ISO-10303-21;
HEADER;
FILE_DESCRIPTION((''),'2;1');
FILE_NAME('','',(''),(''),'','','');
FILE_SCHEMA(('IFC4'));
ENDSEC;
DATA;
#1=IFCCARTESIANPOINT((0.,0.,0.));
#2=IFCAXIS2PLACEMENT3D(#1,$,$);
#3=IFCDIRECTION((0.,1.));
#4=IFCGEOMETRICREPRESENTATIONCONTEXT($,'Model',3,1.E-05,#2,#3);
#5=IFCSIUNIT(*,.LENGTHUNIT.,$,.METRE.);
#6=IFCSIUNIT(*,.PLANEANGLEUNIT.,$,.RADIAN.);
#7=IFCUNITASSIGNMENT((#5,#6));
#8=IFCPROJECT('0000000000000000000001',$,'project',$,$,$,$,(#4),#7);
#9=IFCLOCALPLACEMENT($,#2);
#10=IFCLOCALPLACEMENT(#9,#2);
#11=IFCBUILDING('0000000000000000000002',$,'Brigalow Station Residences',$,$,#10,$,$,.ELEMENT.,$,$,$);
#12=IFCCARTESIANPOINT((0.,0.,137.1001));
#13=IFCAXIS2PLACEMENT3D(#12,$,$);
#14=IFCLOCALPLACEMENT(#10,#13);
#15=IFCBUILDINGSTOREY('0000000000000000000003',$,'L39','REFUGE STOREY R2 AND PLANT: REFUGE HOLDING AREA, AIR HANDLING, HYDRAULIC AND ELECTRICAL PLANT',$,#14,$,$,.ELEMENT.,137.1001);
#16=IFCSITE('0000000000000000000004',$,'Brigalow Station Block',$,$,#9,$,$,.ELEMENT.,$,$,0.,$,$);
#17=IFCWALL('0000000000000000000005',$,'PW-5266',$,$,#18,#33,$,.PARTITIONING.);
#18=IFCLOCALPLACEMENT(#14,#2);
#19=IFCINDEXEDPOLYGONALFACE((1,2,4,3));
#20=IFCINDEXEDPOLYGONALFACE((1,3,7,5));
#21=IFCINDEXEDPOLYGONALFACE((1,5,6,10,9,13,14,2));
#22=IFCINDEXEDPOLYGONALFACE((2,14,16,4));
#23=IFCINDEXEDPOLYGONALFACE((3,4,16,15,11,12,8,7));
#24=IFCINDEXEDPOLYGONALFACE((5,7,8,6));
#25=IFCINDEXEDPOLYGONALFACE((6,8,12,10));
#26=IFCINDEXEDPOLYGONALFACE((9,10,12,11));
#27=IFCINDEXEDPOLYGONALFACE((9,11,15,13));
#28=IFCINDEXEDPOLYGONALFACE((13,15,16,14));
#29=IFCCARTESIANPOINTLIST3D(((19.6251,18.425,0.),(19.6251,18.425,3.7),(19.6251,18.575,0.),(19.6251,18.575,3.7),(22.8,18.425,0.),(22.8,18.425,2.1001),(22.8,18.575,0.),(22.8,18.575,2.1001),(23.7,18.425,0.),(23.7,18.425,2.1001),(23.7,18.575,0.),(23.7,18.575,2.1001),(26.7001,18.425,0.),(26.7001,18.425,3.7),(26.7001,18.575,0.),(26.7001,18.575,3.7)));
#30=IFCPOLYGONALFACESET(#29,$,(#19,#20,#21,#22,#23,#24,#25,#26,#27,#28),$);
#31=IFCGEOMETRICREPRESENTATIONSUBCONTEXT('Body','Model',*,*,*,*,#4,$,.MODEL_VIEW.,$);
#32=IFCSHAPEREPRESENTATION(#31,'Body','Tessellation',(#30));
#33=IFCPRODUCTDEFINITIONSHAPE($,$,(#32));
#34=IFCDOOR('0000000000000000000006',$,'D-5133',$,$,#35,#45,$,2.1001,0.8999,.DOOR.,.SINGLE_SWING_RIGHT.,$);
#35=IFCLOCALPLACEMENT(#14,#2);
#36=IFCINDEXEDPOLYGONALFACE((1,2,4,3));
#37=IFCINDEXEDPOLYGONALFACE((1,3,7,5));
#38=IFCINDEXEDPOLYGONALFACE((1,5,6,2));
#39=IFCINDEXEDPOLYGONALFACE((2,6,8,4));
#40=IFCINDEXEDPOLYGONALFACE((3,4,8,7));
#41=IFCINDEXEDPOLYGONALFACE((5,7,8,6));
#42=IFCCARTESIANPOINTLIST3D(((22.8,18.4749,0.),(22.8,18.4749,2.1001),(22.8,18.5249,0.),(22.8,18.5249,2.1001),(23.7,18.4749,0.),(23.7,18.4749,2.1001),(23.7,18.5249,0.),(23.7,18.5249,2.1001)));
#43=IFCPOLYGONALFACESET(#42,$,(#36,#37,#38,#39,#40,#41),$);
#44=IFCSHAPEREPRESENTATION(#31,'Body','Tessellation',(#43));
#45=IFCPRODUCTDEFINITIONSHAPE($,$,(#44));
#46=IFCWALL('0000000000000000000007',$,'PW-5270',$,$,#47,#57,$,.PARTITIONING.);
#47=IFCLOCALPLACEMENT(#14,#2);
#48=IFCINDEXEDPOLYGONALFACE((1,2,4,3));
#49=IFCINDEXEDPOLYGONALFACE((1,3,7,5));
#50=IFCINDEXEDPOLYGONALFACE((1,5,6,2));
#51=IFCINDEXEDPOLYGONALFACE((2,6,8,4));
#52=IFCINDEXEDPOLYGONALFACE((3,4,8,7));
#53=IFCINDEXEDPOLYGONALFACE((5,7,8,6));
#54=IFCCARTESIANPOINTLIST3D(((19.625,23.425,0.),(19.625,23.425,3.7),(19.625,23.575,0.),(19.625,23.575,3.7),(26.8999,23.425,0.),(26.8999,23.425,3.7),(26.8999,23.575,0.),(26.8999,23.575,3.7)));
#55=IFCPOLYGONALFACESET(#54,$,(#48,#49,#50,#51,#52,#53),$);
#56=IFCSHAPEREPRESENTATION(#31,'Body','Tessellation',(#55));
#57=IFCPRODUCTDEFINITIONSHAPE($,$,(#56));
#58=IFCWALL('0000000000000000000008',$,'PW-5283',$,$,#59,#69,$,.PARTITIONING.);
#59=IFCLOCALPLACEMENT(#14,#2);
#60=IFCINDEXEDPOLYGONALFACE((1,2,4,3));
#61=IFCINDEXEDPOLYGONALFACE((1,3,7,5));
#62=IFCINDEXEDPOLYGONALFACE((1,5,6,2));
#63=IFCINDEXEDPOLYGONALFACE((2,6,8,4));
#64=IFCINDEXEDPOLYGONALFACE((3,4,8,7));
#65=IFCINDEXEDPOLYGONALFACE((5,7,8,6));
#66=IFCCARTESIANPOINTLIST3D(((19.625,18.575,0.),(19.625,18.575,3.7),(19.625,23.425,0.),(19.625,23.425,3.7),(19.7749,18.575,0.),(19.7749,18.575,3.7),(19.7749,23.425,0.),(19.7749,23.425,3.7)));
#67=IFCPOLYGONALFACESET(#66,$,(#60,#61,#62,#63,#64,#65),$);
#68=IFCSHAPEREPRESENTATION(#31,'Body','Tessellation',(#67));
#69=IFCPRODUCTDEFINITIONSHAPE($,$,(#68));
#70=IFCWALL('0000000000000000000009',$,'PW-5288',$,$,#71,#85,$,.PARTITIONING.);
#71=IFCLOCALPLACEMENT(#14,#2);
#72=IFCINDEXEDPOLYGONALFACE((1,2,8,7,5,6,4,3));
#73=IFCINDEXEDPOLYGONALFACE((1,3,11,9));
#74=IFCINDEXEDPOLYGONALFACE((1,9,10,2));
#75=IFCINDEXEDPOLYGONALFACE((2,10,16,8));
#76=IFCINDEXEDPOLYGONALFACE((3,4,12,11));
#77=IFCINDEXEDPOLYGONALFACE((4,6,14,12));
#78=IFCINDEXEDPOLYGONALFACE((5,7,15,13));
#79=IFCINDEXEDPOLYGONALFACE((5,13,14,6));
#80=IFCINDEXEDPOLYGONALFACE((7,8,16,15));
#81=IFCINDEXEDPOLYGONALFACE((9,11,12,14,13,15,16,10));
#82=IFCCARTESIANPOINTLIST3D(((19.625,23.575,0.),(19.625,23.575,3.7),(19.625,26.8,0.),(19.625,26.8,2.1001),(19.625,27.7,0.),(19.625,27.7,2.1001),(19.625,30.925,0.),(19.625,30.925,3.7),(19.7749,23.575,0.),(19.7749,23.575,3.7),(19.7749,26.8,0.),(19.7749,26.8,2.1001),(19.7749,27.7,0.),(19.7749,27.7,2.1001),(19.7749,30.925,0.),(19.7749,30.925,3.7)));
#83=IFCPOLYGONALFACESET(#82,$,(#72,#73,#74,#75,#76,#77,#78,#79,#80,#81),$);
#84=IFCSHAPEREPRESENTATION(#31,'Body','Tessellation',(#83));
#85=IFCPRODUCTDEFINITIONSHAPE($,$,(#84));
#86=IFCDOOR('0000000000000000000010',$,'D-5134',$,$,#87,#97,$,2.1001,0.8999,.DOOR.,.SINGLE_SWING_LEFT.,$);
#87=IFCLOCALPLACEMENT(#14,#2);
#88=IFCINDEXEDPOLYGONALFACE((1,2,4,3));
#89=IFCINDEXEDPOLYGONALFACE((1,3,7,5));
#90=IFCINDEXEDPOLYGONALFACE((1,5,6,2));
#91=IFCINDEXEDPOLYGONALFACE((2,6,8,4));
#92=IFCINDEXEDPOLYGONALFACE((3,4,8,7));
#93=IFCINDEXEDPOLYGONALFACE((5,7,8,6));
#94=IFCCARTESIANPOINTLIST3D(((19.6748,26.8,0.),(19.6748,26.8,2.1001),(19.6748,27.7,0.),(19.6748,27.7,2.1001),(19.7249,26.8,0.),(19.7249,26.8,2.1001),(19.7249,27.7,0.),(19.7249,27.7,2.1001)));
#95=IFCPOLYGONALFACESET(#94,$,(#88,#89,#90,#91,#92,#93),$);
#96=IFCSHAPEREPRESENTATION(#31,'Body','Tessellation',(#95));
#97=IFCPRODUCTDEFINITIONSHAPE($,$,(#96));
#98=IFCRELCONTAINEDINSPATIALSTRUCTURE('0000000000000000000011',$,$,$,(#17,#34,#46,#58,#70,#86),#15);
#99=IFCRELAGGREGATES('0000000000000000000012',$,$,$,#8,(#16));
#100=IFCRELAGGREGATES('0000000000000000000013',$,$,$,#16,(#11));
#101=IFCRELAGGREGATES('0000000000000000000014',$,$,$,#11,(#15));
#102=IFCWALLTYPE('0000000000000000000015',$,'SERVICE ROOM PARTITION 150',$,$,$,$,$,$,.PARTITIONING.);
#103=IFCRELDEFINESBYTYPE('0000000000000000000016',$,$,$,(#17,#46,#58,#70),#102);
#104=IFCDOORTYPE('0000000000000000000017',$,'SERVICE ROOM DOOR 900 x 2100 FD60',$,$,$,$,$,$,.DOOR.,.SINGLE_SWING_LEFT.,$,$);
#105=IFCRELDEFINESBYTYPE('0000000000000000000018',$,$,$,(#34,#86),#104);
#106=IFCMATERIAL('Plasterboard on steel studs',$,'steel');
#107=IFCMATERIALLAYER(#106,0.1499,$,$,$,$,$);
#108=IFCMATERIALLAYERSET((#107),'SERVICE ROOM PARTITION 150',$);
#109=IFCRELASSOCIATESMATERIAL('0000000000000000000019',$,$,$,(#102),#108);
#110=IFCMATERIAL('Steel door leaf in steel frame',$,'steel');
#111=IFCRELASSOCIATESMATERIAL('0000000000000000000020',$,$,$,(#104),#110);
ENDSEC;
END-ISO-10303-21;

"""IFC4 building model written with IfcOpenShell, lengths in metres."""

from ifc_helpers import new_model, si_unit, direction, frame, frame_2d, origin, place, context, subcontext, project, spatial, rectangle, extrude, material, layer, layer_set, type_object, element, fill, save


model = new_model("IFC4")

# Units and contexts
model_context = context("Model", 3, precision=1e-05, world=origin(), true_north=direction((0.0, 1.0)))
body_context = subcontext(model_context, "Body", "Model", "MODEL_VIEW")
ifc_project = project(units=[si_unit("LENGTHUNIT", "METRE"), si_unit("PLANEANGLEUNIT", "RADIAN")], contexts=[model_context])

# Site, building, storey
site_placement = place(None, origin())
site = spatial("IfcSite", under=ifc_project, at=site_placement, Name="Brigalow Station Block", CompositionType="ELEMENT", RefElevation=0.0)
building_placement = place(site_placement, origin())
building = spatial("IfcBuilding", under=site, at=building_placement, Name="Brigalow Station Residences", CompositionType="ELEMENT")
storey_placement = place(building_placement, frame((0.0, 0.0, 137.1001)))
storey = spatial("IfcBuildingStorey", under=building, at=storey_placement, Name="L39", Description="REFUGE STOREY R2 AND PLANT: REFUGE HOLDING AREA, AIR HANDLING, HYDRAULIC AND ELECTRICAL PLANT", CompositionType="ELEMENT", Elevation=137.1001)

# Wall, opening, door
ifc_material_1 = material(Name="Plasterboard on steel studs", Category="steel")
ifc_layer_1 = layer(ifc_material_1, 0.1499)
ifc_layer_set_1 = layer_set([ifc_layer_1], Name="SERVICE ROOM PARTITION 150")
wall_type_1 = type_object("IfcWallType", Name="SERVICE ROOM PARTITION 150", PredefinedType="PARTITIONING", material=ifc_layer_set_1)
wall_1_placement = place(storey_placement, frame((19.625, 18.5, 0.0), z_axis=(0.0, 0.0, 1.0), x_axis=(1.0, 0.0, 0.0)))
wall_1 = element("IfcWall", 1, at=wall_1_placement, inside=storey, type_object=wall_type_1, Name="PW-5266", PredefinedType="PARTITIONING", context=body_context, shape_type="SweptSolid", body=[
    extrude(rectangle(XDim=7.075, YDim=0.1499, at=frame_2d((3.5376, 0.0))), origin(), (0.0, 0.0, 1.0), 3.7),
])
opening_1_placement = place(wall_1_placement, frame((3.175, 0.0, 0.0)))
opening_1 = element("IfcOpeningElement", 2, at=opening_1_placement, cuts=wall_1, PredefinedType="OPENING", context=body_context, shape_type="SweptSolid", body=[
    extrude(rectangle(XDim=0.8999, YDim=2.1001, at=frame_2d((0.45, 1.05))), frame((0.0, 0.085, 0.0), z_axis=(0.0, -1.0, 0.0), x_axis=(1.0, 0.0, 0.0)), (0.0, 0.0, 1.0), 0.1699),
])
ifc_material_2 = material(Name="Steel door leaf in steel frame", Category="steel")
door_type_1 = type_object("IfcDoorType", Name="SERVICE ROOM DOOR 900 x 2100 FD60", OperationType="SINGLE_SWING_LEFT", PredefinedType="DOOR", material=ifc_material_2)
door_1_placement = place(opening_1_placement, origin())
door_1 = element("IfcDoor", 3, at=door_1_placement, inside=storey, type_object=door_type_1, Name="D-5133", OperationType="SINGLE_SWING_RIGHT", OverallHeight=2.1001, OverallWidth=0.8999, PredefinedType="DOOR", context=body_context, shape_type="SweptSolid", body=[
    extrude(rectangle(XDim=0.8999, YDim=2.1001, at=frame_2d((0.45, 1.05))), frame((0.0, 0.0249, 0.0), z_axis=(0.0, -1.0, 0.0), x_axis=(1.0, 0.0, 0.0)), (0.0, 0.0, 1.0), 0.05),
])
fill(opening_1, door_1)

# Walls
wall_2_placement = place(storey_placement, frame((19.625, 23.5, 0.0), z_axis=(0.0, 0.0, 1.0), x_axis=(1.0, 0.0, 0.0)))
element("IfcWall", 4, at=wall_2_placement, inside=storey, type_object=wall_type_1, Name="PW-5270", PredefinedType="PARTITIONING", context=body_context, shape_type="SweptSolid", body=[
    extrude(rectangle(XDim=7.2749, YDim=0.1499, at=frame_2d((3.6375, 0.0))), origin(), (0.0, 0.0, 1.0), 3.7),
])
wall_3_placement = place(storey_placement, frame((19.7, 18.575, 0.0), z_axis=(0.0, 0.0, 1.0), x_axis=(0.0, 1.0, 0.0)))
element("IfcWall", 5, at=wall_3_placement, inside=storey, type_object=wall_type_1, Name="PW-5283", PredefinedType="PARTITIONING", context=body_context, shape_type="SweptSolid", body=[
    extrude(rectangle(XDim=4.8501, YDim=0.1499, at=frame_2d((2.425, 0.0))), origin(), (0.0, 0.0, 1.0), 3.7),
])

# Wall, opening, door
wall_4_placement = place(storey_placement, frame((19.7, 23.575, 0.0), z_axis=(0.0, 0.0, 1.0), x_axis=(0.0, 1.0, 0.0)))
wall_4 = element("IfcWall", 6, at=wall_4_placement, inside=storey, type_object=wall_type_1, Name="PW-5288", PredefinedType="PARTITIONING", context=body_context, shape_type="SweptSolid", body=[
    extrude(rectangle(XDim=7.3501, YDim=0.1499, at=frame_2d((3.675, 0.0))), origin(), (0.0, 0.0, 1.0), 3.7),
])
opening_2_placement = place(wall_4_placement, frame((3.2251, 0.0, 0.0)))
opening_2 = element("IfcOpeningElement", 7, at=opening_2_placement, cuts=wall_4, PredefinedType="OPENING", context=body_context, shape_type="SweptSolid", body=[
    extrude(rectangle(XDim=0.8999, YDim=2.1001, at=frame_2d((0.45, 1.05))), frame((0.0, 0.085, 0.0), z_axis=(0.0, -1.0, 0.0), x_axis=(1.0, 0.0, 0.0)), (0.0, 0.0, 1.0), 0.1699),
])
door_2_placement = place(opening_2_placement, frame((0.8999, 0.0, 0.0), z_axis=(0.0, 0.0, 1.0), x_axis=(-1.0, 0.0, 0.0)))
door_2 = element("IfcDoor", 8, at=door_2_placement, inside=storey, type_object=door_type_1, Name="D-5134", OperationType="SINGLE_SWING_LEFT", OverallHeight=2.1001, OverallWidth=0.8999, PredefinedType="DOOR", context=body_context, shape_type="SweptSolid", body=[
    extrude(rectangle(XDim=0.8999, YDim=2.1001, at=frame_2d((0.45, 1.05))), frame((0.0, 0.0249, 0.0), z_axis=(0.0, -1.0, 0.0), x_axis=(1.0, 0.0, 0.0)), (0.0, 0.0, 1.0), 0.05),
])
fill(opening_2, door_2)

save(model, "model.ifc")
